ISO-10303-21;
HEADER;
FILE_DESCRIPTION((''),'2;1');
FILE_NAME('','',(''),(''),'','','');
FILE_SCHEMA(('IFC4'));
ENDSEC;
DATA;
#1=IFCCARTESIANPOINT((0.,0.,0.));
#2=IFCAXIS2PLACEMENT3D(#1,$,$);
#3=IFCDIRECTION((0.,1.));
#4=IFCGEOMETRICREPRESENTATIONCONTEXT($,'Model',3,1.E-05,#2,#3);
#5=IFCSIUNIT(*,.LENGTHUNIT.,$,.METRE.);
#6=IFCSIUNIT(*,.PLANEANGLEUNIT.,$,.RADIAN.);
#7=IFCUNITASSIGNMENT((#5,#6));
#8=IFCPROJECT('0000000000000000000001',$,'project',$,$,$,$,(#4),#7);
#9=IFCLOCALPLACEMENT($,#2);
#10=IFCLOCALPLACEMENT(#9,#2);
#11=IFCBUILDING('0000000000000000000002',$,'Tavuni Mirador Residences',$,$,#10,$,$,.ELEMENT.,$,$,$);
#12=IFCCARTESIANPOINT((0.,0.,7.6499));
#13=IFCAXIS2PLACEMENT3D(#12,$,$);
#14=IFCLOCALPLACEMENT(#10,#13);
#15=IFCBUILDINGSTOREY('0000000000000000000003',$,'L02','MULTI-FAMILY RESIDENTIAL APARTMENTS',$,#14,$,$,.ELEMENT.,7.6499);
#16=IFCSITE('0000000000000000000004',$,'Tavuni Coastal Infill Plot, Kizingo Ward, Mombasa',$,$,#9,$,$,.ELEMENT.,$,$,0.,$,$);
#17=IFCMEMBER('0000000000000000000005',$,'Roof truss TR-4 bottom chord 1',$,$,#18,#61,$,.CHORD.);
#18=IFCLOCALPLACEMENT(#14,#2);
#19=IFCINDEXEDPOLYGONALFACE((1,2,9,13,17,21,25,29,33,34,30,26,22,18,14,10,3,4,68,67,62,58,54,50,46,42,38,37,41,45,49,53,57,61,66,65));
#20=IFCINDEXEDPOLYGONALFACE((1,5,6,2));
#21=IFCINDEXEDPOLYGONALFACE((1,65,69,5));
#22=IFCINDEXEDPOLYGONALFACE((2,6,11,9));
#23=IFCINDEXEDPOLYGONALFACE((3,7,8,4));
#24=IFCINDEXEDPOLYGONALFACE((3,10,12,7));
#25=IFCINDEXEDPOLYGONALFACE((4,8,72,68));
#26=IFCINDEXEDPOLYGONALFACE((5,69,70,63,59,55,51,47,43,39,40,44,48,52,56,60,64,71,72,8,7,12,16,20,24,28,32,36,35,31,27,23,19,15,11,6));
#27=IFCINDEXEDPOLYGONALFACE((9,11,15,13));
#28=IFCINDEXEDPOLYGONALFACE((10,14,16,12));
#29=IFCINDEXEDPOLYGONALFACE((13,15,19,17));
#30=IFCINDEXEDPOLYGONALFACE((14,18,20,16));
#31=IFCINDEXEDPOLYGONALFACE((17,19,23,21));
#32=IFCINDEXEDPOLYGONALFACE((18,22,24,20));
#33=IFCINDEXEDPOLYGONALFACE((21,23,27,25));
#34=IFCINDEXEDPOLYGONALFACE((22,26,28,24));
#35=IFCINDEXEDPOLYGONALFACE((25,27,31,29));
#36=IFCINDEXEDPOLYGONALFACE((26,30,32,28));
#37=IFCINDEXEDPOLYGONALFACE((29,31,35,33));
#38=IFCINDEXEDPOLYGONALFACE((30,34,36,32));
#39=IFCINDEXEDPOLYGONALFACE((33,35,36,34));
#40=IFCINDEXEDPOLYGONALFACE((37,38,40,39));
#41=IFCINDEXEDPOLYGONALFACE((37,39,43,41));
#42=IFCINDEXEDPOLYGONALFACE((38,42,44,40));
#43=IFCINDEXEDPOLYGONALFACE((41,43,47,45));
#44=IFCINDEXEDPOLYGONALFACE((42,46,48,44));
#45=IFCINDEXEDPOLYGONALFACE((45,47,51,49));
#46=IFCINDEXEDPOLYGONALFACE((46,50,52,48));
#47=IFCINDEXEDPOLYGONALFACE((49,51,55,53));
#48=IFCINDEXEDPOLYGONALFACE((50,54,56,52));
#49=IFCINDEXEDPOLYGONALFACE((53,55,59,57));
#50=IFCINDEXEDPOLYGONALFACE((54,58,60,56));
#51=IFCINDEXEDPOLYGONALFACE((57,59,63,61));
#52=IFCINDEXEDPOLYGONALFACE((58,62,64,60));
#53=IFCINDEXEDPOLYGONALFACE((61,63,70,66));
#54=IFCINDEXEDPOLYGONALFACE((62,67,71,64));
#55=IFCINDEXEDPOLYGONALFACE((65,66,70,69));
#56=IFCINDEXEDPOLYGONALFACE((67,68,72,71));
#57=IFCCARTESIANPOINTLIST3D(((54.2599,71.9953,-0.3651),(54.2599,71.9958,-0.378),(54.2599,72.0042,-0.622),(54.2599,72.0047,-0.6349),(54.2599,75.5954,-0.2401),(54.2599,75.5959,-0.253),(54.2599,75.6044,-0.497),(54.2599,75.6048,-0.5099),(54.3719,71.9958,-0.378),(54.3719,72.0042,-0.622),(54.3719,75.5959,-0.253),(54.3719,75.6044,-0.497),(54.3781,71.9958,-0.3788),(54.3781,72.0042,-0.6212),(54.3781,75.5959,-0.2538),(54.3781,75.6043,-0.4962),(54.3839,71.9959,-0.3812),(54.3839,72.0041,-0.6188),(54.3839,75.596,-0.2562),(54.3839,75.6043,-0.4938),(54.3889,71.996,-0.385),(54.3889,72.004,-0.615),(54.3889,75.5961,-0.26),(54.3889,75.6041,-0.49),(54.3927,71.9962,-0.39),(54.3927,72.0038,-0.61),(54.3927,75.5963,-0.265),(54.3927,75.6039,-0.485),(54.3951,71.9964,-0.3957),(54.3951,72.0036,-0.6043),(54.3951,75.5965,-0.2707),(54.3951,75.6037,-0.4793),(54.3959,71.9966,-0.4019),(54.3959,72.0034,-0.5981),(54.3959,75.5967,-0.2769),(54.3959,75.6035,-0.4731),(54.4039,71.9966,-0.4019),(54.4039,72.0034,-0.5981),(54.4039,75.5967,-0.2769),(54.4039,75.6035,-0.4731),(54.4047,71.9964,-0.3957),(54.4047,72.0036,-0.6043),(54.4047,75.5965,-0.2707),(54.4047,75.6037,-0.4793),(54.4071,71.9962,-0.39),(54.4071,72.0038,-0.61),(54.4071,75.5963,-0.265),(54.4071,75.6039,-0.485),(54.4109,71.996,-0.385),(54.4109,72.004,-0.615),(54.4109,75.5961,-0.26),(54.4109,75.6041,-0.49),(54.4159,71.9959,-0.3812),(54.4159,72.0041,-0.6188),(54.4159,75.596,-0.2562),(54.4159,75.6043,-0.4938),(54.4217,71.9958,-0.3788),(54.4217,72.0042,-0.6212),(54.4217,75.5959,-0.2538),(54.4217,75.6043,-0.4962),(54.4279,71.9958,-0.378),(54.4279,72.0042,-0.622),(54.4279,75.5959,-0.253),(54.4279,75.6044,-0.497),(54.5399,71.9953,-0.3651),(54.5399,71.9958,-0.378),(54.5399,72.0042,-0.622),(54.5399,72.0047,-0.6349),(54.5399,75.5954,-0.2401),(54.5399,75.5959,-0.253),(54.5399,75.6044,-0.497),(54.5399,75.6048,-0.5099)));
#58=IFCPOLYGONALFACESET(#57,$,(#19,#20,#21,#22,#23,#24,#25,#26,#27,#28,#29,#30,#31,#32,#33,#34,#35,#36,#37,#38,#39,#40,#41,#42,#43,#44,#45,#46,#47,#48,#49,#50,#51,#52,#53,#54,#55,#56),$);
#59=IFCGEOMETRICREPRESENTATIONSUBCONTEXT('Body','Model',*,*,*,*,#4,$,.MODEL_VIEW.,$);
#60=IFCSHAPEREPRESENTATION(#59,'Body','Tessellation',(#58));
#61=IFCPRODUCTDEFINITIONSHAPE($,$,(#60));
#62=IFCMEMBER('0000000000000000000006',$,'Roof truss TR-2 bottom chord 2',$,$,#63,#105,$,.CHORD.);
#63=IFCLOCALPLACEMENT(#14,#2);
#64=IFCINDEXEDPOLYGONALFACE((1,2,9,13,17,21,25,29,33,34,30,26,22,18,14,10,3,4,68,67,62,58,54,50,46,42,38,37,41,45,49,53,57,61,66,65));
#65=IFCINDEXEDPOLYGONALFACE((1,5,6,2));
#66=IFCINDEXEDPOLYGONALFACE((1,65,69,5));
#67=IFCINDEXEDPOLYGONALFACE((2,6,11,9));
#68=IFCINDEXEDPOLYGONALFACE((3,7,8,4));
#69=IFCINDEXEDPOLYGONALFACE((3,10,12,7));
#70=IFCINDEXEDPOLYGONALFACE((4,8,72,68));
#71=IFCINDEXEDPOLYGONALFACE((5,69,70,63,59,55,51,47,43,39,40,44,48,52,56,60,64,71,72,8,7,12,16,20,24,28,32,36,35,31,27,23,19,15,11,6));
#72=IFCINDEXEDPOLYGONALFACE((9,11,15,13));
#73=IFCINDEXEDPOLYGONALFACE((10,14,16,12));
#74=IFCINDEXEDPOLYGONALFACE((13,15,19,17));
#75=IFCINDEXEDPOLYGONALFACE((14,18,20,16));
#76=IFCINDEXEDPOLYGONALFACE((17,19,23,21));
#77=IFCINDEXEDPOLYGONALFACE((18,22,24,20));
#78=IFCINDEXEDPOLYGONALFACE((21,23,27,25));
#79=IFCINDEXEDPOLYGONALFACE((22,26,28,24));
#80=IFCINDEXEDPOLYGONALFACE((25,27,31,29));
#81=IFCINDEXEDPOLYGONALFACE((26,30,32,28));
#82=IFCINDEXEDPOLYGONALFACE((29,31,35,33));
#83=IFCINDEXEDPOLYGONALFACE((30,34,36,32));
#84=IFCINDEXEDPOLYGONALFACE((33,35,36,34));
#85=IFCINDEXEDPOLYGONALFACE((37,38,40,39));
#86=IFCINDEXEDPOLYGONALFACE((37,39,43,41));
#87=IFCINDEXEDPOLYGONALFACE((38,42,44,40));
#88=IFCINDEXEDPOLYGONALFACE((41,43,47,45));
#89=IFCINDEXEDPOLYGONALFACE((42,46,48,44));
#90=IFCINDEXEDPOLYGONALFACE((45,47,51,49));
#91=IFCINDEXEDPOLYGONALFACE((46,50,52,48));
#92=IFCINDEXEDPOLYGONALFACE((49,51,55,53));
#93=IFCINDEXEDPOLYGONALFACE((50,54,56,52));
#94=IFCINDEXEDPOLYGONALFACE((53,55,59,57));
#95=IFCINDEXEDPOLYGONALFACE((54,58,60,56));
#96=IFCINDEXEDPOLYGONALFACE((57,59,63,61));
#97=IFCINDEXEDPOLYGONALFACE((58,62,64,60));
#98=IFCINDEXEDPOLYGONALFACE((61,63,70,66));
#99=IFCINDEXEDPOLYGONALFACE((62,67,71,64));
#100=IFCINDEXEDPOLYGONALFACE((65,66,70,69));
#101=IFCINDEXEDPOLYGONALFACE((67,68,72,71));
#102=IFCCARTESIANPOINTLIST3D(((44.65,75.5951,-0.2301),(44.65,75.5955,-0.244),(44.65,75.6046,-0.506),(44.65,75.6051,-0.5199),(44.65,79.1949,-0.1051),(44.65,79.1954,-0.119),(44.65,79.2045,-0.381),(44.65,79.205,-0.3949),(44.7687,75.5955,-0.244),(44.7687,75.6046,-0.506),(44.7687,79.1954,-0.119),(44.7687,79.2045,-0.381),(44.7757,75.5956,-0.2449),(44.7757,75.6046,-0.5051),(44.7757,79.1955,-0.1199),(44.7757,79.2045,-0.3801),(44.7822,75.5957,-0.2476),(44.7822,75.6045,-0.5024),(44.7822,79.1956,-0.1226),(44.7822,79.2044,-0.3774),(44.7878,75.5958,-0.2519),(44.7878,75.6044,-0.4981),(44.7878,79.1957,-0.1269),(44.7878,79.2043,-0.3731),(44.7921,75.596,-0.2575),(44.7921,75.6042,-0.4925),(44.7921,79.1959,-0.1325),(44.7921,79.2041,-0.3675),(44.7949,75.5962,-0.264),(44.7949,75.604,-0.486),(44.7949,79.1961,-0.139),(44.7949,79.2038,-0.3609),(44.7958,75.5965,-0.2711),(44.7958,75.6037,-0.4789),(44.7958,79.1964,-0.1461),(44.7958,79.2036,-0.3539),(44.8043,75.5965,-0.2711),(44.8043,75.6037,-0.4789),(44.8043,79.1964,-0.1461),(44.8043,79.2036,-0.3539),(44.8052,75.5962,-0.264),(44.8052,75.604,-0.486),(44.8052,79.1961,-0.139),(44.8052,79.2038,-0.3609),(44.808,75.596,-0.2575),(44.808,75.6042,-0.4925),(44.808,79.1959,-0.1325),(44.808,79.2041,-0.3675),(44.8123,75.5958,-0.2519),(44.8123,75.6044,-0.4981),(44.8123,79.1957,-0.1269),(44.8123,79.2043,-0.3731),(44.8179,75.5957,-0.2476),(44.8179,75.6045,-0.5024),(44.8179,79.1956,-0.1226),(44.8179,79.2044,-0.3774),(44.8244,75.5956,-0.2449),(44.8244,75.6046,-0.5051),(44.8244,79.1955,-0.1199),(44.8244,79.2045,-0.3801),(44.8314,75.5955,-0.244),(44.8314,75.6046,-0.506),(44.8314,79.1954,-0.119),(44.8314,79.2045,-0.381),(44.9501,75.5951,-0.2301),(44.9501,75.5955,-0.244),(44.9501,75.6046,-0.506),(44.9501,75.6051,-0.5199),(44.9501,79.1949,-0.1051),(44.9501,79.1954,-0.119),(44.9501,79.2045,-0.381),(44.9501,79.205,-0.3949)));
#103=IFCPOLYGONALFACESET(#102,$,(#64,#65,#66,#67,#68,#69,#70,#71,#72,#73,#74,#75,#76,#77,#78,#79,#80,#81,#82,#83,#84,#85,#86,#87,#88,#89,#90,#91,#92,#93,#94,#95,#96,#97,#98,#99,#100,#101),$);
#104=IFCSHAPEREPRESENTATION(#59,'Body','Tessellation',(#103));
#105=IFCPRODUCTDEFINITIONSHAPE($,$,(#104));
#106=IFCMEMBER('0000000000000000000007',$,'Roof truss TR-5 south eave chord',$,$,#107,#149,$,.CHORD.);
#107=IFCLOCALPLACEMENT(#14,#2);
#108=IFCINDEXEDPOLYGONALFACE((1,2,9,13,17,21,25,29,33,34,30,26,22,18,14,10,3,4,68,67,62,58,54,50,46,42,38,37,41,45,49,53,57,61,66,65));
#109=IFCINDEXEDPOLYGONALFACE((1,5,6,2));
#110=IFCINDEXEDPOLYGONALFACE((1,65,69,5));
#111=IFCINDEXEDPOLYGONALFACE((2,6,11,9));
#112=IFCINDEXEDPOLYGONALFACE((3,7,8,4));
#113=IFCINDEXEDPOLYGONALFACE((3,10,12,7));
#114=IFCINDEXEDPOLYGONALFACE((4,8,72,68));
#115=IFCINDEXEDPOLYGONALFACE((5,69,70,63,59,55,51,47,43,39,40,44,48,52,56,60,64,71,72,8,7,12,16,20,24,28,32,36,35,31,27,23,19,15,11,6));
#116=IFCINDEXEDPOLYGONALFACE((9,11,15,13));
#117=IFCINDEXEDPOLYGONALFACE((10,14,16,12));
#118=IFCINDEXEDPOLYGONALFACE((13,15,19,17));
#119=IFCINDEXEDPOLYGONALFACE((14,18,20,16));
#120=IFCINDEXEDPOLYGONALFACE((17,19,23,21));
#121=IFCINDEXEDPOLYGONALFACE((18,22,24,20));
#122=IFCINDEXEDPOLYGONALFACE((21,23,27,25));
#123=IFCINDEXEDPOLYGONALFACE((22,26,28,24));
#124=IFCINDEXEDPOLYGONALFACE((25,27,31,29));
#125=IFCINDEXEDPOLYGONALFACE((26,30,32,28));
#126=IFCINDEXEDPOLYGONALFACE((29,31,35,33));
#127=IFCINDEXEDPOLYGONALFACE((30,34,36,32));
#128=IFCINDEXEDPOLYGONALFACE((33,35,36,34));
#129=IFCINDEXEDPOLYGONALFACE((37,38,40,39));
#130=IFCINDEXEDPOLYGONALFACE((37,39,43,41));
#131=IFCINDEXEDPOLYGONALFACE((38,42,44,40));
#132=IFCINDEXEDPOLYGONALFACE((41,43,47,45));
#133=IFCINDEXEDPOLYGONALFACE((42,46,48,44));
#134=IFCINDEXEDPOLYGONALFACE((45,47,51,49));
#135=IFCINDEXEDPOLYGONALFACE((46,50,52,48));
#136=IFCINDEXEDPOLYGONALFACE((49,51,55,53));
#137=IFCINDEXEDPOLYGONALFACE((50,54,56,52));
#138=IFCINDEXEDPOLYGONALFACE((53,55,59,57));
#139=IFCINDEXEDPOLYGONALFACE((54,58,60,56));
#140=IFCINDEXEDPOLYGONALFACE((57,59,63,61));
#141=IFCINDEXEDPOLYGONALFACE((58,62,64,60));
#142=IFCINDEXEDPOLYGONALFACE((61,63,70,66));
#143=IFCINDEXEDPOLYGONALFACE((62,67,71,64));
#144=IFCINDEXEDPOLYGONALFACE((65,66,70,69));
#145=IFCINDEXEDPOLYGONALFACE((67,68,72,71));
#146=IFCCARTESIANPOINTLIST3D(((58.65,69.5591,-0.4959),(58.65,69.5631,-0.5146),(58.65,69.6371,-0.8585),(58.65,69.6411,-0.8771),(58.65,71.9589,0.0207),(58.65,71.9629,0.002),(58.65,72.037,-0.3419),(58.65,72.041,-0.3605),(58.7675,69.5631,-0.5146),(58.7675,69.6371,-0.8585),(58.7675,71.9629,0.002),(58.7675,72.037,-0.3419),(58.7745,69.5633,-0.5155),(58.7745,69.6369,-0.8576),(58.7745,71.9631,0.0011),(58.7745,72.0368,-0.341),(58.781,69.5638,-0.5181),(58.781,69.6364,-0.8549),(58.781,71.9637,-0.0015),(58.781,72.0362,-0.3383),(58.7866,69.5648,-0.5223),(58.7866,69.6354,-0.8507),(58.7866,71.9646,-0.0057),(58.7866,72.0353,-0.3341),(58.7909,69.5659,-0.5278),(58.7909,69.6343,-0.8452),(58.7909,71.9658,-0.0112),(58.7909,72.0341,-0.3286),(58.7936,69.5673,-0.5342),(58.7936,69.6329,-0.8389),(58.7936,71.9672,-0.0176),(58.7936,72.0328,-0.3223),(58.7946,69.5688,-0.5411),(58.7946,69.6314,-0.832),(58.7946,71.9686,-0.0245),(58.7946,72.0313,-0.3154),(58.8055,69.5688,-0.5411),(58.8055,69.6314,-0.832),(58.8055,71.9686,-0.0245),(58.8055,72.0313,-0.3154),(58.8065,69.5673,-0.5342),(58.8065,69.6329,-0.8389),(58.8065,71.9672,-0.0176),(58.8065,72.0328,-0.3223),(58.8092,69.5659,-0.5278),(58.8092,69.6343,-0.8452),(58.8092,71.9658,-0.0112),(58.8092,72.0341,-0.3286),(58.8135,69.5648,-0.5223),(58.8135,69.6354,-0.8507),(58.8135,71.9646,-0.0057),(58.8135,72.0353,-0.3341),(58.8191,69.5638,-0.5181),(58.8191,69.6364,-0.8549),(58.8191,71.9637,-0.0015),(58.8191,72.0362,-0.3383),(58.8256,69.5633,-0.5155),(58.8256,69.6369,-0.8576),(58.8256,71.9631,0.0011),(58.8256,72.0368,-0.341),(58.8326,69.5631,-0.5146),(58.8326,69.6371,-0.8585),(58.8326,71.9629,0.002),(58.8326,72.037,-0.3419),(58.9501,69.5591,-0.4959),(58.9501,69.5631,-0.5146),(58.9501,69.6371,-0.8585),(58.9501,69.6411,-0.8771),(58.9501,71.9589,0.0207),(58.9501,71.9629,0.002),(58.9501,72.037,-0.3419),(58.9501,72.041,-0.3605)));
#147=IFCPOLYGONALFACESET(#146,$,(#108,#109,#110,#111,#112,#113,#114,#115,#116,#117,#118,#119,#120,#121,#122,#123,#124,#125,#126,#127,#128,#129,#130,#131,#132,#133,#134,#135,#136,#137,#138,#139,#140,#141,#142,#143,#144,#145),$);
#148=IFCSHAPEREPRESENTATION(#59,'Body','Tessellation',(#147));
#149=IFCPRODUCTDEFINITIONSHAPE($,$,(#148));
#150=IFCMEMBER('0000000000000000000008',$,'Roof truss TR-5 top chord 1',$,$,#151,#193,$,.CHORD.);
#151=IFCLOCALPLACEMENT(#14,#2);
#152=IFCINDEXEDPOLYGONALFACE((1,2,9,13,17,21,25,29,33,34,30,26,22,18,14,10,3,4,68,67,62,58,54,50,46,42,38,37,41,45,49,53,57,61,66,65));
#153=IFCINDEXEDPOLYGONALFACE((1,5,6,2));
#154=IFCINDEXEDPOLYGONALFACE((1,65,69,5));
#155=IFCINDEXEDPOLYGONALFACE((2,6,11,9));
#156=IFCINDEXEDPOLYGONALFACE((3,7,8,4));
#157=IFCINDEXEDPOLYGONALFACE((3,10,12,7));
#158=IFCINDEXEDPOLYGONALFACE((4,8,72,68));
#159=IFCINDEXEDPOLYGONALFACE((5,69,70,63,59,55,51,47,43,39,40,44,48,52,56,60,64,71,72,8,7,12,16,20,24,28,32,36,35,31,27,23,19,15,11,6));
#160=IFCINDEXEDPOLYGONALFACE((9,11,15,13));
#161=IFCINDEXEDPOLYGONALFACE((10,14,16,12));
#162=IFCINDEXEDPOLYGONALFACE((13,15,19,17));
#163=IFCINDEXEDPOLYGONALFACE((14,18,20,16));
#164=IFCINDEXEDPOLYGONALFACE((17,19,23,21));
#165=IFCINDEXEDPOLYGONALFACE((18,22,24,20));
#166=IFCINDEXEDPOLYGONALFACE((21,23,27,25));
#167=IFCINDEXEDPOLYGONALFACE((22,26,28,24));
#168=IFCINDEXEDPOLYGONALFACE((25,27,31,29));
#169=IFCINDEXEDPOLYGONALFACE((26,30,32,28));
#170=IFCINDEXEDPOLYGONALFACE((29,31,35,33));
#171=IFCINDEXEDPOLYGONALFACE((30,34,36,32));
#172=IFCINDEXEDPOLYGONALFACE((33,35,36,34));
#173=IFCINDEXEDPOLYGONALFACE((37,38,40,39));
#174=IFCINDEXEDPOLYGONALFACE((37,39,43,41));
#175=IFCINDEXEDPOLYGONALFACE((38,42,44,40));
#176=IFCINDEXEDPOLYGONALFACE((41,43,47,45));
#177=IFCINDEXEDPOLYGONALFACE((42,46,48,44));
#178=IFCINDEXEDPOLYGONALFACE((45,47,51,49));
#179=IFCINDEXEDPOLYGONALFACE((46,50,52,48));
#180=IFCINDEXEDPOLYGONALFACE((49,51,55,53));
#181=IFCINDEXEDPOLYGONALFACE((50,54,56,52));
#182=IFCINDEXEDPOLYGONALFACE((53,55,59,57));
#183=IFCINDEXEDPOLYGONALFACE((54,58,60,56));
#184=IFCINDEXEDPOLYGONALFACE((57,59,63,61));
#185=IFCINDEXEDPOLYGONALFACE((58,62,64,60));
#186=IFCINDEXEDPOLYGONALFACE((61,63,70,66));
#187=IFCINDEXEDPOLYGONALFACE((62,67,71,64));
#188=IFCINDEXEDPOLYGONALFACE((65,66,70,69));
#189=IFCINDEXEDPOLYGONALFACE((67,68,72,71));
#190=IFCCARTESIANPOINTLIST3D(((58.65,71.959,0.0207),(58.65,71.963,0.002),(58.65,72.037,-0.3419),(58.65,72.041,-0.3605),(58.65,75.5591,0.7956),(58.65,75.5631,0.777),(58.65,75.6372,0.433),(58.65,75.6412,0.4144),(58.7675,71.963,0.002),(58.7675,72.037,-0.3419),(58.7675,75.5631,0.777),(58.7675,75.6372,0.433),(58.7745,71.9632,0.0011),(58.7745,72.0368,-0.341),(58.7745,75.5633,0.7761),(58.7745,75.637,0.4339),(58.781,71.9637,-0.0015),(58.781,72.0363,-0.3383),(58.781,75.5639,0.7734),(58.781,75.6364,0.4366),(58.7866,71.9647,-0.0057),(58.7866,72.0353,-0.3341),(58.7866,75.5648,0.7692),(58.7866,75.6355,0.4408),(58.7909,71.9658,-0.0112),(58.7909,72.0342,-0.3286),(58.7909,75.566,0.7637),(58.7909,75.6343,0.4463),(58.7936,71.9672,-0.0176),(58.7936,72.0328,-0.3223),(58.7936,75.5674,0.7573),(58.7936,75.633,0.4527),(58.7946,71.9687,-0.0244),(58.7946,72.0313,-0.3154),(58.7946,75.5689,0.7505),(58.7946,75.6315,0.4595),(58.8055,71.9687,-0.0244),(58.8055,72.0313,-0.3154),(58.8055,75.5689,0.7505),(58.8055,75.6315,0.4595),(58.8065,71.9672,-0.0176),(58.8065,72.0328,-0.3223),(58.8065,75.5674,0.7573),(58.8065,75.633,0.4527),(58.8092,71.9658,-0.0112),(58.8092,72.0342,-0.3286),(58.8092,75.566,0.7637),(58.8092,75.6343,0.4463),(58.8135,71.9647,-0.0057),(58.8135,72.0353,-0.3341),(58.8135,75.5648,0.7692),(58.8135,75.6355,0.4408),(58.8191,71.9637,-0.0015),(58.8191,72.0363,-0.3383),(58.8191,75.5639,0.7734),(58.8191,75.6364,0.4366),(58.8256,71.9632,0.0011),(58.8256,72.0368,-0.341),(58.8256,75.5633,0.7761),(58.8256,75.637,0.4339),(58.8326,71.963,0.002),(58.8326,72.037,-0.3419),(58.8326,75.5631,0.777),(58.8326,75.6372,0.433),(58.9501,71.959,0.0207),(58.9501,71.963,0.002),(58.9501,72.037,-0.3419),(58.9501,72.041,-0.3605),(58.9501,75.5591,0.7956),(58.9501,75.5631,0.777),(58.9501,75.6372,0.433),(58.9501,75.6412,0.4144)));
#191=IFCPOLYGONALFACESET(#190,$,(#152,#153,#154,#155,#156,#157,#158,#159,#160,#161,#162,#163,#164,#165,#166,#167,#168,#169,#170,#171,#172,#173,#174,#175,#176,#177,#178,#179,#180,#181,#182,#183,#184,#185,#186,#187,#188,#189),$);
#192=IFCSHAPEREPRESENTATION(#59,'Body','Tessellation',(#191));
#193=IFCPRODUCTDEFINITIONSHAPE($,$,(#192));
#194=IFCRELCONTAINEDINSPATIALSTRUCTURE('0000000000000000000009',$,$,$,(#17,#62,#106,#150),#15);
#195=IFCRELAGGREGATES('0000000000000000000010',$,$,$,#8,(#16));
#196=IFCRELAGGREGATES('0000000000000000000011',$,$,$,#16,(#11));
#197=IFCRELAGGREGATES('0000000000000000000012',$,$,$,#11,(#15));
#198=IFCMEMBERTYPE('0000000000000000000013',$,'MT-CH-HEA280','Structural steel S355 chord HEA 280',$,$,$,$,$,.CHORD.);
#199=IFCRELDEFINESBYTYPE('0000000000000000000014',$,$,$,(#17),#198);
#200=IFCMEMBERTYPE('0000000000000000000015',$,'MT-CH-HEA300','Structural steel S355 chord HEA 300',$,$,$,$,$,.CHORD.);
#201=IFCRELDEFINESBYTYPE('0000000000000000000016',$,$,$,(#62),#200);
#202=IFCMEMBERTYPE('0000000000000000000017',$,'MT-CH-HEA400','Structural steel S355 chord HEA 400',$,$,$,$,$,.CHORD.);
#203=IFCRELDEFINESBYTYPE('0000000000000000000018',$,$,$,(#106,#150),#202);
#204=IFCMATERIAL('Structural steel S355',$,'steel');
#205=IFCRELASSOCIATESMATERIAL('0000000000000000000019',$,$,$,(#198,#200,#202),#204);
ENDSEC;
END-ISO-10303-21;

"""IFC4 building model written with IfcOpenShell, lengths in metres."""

from ifc_helpers import new_model, si_unit, direction, frame, origin, origin_2d, place, context, subcontext, project, spatial, i_section, extrude, material, material_profile, profile_set, type_object, element, save


model = new_model("IFC4")

# Units and contexts
model_context = context("Model", 3, precision=1e-05, world=origin(), true_north=direction((0.0, 1.0)))
body_context = subcontext(model_context, "Body", "Model", "MODEL_VIEW")
ifc_project = project(units=[si_unit("LENGTHUNIT", "METRE"), si_unit("PLANEANGLEUNIT", "RADIAN")], contexts=[model_context])

# Site, building, storey
site_placement = place(None, origin())
site = spatial("IfcSite", under=ifc_project, at=site_placement, Name="Tavuni Coastal Infill Plot, Kizingo Ward, Mombasa", CompositionType="ELEMENT", RefElevation=0.0)
building_placement = place(site_placement, origin())
building = spatial("IfcBuilding", under=site, at=building_placement, Name="Tavuni Mirador Residences", CompositionType="ELEMENT")
storey_placement = place(building_placement, frame((0.0, 0.0, 7.6499)))
storey = spatial("IfcBuildingStorey", under=building, at=storey_placement, Name="L02", Description="MULTI-FAMILY RESIDENTIAL APARTMENTS", CompositionType="ELEMENT", Elevation=7.6499)

# Shared definitions
ifc_material_1 = material(Name="Structural steel S355", Category="steel")

# Members
ifc_material_profile_1 = material_profile(ifc_material_1, i_section(OverallWidth=0.28, OverallDepth=0.27, WebThickness=0.0081, FlangeThickness=0.0129, FilletRadius=0.0239, at=origin_2d()), Name="HEA 280", Category="steel")
ifc_profile_set_1 = profile_set([ifc_material_profile_1], Name="Structural steel S355")
member_type_1 = type_object("IfcMemberType", Name="MT-CH-HEA280", Description="Structural steel S355 chord HEA 280", PredefinedType="CHORD", material=ifc_profile_set_1)
for number, where, z_axis, x_axis, name in (
    (1, (54.3999, 72.0, -0.5), (0.0, 0.999398, 0.0347), (-1.0, 0.0, 0.0), "Roof truss TR-4 bottom chord 1"),
):
    element("IfcMember", number, at=place(storey_placement, frame(where, z_axis=z_axis, x_axis=x_axis)), inside=storey, type_object=member_type_1, Name=name, PredefinedType="CHORD", context=body_context, shape_type="SweptSolid", body=[
        extrude(i_section(OverallWidth=0.28, OverallDepth=0.27, WebThickness=0.0081, FlangeThickness=0.0129, FilletRadius=0.0239, at=origin_2d()), origin(), (0.0, 0.0, 1.0), 3.6023),
    ])
ifc_material_profile_2 = material_profile(ifc_material_1, i_section(OverallWidth=0.3, OverallDepth=0.29, WebThickness=0.0085, FlangeThickness=0.0139, FilletRadius=0.0271, at=origin_2d()), Name="HEA 300", Category="steel")
ifc_profile_set_2 = profile_set([ifc_material_profile_2], Name="Structural steel S355")
member_type_2 = type_object("IfcMemberType", Name="MT-CH-HEA300", Description="Structural steel S355 chord HEA 300", PredefinedType="CHORD", material=ifc_profile_set_2)
member_1_placement = place(storey_placement, frame((44.8, 75.6001, -0.375), z_axis=(0.0, 0.999398, 0.034703), x_axis=(-1.0, 0.0, 0.0)))
element("IfcMember", 2, at=member_1_placement, inside=storey, type_object=member_type_2, Name="Roof truss TR-2 bottom chord 2", PredefinedType="CHORD", context=body_context, shape_type="SweptSolid", body=[
    extrude(i_section(OverallWidth=0.3, OverallDepth=0.29, WebThickness=0.0085, FlangeThickness=0.0139, FilletRadius=0.0271, at=origin_2d()), origin(), (0.0, 0.0, 1.0), 3.6021),
])
ifc_material_profile_3 = material_profile(ifc_material_1, i_section(OverallWidth=0.3, OverallDepth=0.3899, WebThickness=0.011, FlangeThickness=0.019, FilletRadius=0.0271, at=origin_2d()), Name="HEA 400", Category="steel")
ifc_profile_set_3 = profile_set([ifc_material_profile_3], Name="Structural steel S355")
member_type_3 = type_object("IfcMemberType", Name="MT-CH-HEA400", Description="Structural steel S355 chord HEA 400", PredefinedType="CHORD", material=ifc_profile_set_3)
member_2_placement = place(storey_placement, frame((58.8, 69.6001, -0.6865), z_axis=(0.0, 0.977607, 0.210439), x_axis=(-1.0, 0.0, 0.0)))
element("IfcMember", 3, at=member_2_placement, inside=storey, type_object=member_type_3, Name="Roof truss TR-5 south eave chord", PredefinedType="CHORD", context=body_context, shape_type="SweptSolid", body=[
    extrude(i_section(OverallWidth=0.3, OverallDepth=0.3899, WebThickness=0.011, FlangeThickness=0.019, FilletRadius=0.0271, at=origin_2d()), origin(), (0.0, 0.0, 1.0), 2.4548),
])
member_3_placement = place(storey_placement, frame((58.8, 72.0, -0.1699), z_axis=(0.0, 0.97761, 0.210425), x_axis=(-1.0, 0.0, 0.0)))
element("IfcMember", 4, at=member_3_placement, inside=storey, type_object=member_type_3, Name="Roof truss TR-5 top chord 1", PredefinedType="CHORD", context=body_context, shape_type="SweptSolid", body=[
    extrude(i_section(OverallWidth=0.3, OverallDepth=0.3899, WebThickness=0.011, FlangeThickness=0.019, FilletRadius=0.0271, at=origin_2d()), origin(), (0.0, 0.0, 1.0), 3.6826),
])

save(model, "model.ifc")
